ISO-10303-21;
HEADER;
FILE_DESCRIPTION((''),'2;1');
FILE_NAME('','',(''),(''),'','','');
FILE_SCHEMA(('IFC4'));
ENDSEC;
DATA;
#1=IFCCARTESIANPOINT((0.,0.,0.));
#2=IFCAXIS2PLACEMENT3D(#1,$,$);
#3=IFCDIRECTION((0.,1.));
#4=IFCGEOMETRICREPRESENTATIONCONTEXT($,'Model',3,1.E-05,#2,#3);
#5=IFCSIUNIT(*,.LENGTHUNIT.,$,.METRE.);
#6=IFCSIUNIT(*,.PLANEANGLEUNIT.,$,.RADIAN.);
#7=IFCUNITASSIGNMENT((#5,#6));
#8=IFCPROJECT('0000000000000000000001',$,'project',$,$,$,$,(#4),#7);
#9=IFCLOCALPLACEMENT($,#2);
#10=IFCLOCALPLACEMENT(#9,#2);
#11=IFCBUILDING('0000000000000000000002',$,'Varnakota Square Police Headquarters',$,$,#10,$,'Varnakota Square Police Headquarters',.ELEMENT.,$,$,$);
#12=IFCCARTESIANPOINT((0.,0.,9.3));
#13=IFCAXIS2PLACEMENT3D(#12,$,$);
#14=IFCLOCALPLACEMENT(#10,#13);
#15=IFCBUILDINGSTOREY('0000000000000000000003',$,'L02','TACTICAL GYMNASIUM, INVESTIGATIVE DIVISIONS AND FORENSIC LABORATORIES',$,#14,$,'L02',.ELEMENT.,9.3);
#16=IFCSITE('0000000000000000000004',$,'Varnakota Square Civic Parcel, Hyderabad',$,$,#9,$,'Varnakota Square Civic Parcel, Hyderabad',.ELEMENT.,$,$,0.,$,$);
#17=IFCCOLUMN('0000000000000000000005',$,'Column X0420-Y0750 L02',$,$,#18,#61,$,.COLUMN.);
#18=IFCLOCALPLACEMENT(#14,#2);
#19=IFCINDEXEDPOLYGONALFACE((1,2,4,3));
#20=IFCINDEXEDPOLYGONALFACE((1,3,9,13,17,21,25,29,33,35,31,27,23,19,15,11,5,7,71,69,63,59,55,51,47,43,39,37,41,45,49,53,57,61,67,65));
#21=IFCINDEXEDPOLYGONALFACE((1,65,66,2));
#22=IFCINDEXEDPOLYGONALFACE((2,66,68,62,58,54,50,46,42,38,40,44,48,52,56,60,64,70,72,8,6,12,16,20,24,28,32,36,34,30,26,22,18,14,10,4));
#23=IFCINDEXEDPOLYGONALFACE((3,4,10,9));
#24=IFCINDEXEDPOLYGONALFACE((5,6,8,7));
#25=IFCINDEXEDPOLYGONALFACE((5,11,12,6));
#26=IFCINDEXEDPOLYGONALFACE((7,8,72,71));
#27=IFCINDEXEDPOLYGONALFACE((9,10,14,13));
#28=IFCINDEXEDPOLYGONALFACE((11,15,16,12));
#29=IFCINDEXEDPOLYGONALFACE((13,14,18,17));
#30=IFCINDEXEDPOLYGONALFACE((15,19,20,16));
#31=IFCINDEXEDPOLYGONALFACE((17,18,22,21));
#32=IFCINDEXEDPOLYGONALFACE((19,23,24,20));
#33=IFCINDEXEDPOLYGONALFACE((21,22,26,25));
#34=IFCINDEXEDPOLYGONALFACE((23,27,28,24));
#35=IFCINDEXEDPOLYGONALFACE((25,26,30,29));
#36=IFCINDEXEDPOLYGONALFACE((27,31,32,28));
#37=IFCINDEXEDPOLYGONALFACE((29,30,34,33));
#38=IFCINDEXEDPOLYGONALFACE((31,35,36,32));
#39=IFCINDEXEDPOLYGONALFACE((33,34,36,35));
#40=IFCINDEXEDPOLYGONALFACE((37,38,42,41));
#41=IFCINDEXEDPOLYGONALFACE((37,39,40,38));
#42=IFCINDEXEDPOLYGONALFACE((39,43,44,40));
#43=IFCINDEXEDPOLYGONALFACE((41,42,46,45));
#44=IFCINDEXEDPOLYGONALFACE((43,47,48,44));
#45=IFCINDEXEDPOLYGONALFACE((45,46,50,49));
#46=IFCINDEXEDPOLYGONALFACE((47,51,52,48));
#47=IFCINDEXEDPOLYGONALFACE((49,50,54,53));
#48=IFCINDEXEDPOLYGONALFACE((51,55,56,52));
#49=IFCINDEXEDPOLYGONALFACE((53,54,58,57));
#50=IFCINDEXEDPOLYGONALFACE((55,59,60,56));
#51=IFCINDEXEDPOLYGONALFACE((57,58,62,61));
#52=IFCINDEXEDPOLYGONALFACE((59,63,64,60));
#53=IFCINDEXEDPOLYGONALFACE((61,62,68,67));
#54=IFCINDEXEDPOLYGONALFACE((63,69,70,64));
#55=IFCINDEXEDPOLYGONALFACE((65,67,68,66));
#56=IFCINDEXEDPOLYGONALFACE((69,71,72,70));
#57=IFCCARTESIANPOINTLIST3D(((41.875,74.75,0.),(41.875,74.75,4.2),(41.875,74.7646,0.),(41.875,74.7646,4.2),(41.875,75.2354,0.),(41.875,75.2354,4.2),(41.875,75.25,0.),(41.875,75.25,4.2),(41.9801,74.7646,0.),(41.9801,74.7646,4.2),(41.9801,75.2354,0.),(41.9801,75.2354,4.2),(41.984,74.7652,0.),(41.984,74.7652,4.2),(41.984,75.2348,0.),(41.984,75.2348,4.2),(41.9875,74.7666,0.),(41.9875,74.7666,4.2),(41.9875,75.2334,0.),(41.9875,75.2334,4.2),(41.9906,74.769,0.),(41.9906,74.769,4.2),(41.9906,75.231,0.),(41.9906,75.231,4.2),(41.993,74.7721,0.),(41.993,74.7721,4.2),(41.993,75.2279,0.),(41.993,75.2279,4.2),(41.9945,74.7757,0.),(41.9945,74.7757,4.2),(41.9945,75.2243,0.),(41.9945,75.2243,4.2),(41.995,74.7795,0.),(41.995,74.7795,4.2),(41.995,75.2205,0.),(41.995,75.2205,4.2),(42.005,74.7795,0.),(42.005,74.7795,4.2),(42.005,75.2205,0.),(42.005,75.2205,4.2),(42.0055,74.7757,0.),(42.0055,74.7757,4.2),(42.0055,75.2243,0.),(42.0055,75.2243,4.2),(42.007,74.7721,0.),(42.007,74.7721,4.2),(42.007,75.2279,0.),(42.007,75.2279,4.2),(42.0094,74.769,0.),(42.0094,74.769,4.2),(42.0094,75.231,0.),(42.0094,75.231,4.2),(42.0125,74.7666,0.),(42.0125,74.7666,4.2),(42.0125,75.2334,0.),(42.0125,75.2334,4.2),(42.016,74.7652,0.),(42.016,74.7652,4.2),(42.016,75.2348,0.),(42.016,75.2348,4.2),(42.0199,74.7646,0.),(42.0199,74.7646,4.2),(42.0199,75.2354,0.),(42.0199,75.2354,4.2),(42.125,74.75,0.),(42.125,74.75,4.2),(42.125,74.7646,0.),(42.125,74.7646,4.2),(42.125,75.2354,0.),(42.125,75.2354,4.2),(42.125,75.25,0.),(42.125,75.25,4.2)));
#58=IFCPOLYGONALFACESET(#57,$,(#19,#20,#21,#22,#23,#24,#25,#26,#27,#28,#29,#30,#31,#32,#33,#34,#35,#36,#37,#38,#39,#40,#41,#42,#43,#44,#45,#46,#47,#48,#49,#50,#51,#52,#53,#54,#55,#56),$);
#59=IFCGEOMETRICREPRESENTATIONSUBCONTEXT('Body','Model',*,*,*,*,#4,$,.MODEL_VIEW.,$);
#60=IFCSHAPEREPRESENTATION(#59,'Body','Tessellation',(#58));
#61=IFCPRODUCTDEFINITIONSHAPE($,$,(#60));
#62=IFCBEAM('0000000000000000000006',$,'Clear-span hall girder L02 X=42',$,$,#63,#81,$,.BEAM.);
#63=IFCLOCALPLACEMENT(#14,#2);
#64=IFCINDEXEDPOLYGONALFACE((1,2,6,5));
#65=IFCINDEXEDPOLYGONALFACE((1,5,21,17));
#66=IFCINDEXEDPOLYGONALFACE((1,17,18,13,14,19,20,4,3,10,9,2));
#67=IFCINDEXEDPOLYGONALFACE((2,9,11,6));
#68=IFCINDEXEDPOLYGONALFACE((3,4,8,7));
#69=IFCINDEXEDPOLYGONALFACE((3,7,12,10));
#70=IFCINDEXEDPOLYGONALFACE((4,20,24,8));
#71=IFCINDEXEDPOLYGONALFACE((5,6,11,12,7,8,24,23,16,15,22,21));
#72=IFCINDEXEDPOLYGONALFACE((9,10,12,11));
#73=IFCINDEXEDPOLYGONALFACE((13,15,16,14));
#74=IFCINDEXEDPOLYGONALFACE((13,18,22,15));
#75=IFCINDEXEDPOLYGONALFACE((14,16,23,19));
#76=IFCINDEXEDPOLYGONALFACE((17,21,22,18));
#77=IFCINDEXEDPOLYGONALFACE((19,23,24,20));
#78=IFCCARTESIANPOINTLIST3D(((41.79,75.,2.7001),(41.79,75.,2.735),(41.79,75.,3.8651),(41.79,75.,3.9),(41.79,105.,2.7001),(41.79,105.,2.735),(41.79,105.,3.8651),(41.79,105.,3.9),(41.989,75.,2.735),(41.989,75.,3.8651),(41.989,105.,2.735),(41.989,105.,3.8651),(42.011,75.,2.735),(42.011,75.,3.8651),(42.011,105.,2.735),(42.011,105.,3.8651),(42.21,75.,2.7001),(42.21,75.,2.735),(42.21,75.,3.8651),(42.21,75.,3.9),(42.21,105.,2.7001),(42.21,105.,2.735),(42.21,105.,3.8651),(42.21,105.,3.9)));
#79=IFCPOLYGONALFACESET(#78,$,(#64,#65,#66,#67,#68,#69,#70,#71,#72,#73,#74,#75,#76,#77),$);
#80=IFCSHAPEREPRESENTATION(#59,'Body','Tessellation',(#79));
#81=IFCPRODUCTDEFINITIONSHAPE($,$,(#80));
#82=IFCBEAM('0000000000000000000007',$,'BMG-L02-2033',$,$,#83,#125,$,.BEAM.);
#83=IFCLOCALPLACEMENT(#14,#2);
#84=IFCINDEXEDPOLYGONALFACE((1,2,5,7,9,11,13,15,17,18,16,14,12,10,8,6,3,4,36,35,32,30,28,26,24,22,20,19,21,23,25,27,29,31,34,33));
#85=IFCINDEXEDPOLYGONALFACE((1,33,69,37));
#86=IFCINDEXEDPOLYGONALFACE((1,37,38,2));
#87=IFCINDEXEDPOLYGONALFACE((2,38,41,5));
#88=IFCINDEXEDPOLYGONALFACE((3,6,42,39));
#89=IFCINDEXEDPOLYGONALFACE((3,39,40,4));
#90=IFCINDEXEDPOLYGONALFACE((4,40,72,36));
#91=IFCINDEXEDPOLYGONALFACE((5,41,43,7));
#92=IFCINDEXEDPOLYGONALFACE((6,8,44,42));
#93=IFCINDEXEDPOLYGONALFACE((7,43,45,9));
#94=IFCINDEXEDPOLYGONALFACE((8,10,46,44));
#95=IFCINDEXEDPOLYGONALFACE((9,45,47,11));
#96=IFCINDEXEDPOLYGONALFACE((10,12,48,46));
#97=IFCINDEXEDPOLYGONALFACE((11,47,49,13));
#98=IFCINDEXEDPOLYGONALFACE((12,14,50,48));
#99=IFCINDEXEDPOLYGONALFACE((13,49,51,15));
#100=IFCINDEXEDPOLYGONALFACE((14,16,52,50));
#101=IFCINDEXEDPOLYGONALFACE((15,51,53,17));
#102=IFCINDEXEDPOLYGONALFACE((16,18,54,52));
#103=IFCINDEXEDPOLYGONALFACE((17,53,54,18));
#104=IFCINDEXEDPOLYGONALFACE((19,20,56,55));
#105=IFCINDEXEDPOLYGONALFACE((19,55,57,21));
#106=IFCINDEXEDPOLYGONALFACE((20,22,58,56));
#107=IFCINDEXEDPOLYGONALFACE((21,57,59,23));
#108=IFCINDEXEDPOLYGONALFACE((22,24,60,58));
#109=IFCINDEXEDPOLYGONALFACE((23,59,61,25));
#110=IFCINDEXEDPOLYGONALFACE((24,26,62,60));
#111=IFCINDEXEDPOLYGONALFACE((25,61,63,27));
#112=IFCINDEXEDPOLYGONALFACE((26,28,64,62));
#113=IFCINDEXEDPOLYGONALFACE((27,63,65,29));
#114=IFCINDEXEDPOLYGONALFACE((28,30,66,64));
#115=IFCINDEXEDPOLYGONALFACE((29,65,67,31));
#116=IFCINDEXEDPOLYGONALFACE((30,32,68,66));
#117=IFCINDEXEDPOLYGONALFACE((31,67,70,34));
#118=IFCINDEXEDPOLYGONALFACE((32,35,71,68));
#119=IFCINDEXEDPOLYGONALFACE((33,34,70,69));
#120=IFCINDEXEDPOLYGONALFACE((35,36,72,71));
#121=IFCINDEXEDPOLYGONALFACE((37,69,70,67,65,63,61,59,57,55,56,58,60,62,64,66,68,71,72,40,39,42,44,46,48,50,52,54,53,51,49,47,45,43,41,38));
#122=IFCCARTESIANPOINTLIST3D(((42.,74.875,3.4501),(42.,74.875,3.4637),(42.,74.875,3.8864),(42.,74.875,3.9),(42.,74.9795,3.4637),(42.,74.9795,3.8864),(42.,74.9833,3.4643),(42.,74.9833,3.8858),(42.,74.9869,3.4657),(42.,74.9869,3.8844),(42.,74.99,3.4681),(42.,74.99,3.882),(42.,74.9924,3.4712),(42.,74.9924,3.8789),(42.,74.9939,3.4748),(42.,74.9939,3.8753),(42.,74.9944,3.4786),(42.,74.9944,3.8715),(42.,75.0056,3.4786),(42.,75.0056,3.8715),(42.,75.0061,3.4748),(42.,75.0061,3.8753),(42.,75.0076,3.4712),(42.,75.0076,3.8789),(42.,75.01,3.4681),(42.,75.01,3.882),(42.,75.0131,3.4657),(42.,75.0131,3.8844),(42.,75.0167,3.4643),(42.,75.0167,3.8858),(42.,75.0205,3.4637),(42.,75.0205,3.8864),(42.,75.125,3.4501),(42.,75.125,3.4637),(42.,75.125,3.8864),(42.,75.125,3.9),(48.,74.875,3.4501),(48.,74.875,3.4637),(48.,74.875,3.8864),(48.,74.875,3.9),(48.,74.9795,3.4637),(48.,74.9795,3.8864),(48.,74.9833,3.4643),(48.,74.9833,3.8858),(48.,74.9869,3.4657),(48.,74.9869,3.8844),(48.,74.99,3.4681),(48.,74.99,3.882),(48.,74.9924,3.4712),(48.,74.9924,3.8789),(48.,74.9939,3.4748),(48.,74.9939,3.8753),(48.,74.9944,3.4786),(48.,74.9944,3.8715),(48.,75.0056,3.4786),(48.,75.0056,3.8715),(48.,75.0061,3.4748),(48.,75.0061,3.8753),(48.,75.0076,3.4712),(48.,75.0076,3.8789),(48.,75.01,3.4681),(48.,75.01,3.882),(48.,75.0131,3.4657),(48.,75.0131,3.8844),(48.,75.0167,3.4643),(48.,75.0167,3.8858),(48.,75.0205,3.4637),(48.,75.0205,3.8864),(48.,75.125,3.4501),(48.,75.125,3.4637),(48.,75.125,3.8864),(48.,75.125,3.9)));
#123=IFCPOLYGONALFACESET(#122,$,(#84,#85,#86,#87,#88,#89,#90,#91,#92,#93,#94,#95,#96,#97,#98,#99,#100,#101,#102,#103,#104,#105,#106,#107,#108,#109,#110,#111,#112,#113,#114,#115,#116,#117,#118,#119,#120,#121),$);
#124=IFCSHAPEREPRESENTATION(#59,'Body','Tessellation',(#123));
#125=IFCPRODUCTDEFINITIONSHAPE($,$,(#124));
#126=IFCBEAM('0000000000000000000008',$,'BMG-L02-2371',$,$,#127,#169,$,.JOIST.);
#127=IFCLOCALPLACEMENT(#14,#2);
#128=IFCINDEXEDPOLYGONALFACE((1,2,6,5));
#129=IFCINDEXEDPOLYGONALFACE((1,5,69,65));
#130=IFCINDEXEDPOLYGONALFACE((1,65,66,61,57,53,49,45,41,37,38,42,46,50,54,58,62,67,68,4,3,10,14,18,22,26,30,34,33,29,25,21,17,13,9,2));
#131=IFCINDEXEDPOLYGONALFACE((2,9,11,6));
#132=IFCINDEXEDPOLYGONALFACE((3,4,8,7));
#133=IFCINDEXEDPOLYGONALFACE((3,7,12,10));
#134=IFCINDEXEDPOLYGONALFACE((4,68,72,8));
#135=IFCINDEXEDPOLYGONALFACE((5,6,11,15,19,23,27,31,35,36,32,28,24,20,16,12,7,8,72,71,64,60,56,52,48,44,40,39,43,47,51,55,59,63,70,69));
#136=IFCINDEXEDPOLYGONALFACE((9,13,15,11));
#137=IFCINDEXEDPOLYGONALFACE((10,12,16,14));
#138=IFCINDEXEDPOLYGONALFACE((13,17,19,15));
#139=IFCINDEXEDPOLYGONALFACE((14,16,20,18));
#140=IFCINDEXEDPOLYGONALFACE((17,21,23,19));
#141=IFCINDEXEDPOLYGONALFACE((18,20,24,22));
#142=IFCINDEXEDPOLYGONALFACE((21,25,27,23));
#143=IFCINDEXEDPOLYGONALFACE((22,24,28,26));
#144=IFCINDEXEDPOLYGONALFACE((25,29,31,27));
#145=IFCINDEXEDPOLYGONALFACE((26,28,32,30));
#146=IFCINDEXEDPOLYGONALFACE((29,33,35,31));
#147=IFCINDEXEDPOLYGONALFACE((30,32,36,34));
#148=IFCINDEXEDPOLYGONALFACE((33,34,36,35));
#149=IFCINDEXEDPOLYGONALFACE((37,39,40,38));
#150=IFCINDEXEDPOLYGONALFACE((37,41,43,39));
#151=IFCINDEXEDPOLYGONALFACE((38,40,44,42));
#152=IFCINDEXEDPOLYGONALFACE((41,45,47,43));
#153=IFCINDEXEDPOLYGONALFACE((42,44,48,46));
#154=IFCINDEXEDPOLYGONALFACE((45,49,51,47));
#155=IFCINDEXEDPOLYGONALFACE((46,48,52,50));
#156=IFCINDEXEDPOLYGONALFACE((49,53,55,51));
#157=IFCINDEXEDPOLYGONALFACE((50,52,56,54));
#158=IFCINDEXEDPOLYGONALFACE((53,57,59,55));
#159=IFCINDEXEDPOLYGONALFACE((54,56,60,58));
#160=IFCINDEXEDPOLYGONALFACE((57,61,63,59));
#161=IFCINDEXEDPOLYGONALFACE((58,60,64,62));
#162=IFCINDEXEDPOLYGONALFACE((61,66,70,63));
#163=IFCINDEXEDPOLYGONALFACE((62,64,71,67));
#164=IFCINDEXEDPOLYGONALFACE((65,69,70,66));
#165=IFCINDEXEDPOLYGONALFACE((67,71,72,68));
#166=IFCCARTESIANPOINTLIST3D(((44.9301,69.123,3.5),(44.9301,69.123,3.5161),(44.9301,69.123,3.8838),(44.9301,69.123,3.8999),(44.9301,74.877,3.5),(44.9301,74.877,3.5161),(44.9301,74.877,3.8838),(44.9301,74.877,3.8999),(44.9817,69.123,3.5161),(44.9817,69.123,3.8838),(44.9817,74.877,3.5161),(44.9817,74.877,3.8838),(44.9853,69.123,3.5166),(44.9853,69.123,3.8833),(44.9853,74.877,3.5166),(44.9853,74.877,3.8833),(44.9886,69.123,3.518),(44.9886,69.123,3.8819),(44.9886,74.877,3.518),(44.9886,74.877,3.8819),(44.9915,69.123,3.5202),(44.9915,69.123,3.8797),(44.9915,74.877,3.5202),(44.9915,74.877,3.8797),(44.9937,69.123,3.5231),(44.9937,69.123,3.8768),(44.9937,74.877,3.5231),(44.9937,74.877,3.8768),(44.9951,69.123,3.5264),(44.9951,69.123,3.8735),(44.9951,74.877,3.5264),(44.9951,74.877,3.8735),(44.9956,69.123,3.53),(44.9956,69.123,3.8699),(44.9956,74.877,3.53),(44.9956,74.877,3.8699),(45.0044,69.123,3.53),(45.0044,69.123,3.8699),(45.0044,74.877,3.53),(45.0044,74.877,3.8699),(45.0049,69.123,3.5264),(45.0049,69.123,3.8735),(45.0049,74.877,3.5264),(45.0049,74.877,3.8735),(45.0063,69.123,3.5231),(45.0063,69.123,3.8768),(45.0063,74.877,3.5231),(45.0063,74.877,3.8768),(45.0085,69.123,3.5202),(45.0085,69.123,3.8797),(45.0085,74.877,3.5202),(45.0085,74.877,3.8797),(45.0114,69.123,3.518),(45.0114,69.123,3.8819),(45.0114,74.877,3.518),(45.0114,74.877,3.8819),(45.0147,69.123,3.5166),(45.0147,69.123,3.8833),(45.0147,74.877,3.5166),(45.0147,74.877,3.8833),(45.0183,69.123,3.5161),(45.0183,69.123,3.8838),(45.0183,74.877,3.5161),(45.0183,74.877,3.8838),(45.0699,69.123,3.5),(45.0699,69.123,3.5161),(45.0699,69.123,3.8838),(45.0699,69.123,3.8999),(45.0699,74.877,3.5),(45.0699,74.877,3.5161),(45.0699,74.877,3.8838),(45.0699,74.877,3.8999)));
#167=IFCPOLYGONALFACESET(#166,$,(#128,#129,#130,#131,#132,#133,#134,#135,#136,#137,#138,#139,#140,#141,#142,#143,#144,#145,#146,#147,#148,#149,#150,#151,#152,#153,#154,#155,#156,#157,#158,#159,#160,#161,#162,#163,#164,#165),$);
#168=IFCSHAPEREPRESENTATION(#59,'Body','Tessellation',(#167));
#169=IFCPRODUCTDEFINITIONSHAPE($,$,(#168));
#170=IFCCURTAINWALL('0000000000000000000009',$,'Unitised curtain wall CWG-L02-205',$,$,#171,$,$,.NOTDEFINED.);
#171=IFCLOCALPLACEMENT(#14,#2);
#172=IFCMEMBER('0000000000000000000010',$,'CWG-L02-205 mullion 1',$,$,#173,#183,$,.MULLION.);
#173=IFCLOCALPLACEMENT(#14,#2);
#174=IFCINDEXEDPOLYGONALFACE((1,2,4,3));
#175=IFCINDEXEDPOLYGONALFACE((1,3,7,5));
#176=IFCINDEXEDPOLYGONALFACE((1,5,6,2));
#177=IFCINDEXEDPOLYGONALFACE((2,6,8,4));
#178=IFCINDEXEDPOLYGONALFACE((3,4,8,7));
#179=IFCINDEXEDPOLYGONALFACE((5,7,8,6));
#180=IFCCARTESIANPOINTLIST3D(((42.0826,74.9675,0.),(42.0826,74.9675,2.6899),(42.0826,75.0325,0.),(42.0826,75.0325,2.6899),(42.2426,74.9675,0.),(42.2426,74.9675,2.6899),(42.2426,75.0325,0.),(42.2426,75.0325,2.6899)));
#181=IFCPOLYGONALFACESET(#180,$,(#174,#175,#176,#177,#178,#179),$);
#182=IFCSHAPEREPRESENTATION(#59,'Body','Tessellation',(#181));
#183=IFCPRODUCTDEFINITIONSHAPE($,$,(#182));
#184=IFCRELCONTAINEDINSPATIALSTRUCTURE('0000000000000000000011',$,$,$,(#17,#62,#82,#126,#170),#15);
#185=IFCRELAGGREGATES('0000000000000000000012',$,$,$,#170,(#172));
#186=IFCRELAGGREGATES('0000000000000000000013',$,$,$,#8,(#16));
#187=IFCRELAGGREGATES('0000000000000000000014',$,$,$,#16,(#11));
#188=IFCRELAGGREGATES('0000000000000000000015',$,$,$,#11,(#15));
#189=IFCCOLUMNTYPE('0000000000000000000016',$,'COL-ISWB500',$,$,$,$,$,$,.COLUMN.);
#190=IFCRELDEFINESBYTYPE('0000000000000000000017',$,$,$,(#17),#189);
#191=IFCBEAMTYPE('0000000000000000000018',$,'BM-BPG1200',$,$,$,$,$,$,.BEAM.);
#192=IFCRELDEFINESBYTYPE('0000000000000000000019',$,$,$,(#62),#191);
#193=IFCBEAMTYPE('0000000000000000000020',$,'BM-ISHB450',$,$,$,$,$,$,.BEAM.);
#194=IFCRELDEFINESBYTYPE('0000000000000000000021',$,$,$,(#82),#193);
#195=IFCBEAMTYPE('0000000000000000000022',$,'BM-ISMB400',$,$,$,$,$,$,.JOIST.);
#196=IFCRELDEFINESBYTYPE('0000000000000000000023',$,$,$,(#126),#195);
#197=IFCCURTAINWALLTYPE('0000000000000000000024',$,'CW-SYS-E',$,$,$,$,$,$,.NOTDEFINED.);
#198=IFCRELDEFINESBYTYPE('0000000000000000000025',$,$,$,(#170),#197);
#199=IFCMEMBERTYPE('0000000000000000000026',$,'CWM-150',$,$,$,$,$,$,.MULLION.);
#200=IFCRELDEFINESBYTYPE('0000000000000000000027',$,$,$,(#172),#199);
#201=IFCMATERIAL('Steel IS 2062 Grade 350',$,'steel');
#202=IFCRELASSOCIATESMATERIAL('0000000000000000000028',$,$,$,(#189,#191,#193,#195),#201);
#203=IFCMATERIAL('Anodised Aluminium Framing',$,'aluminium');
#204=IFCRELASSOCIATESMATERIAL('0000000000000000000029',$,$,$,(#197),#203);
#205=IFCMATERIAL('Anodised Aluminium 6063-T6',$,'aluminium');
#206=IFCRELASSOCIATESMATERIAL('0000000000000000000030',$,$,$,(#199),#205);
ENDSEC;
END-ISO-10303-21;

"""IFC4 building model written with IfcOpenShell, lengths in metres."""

from ifc_helpers import new_model, si_unit, direction, frame, origin, origin_2d, place, context, subcontext, project, spatial, rectangle, i_section, extrude, material, material_profile, profile_set, type_object, element, aggregate, save


model = new_model("IFC4")

# Units and contexts
model_context = context("Model", 3, precision=1e-05, world=origin(), true_north=direction((0.0, 1.0)))
body_context = subcontext(model_context, "Body", "Model", "MODEL_VIEW")
ifc_project = project(units=[si_unit("LENGTHUNIT", "METRE"), si_unit("PLANEANGLEUNIT", "RADIAN")], contexts=[model_context])

# Site, building, storey
site_placement = place(None, origin())
site = spatial("IfcSite", under=ifc_project, at=site_placement, Name="Varnakota Square Civic Parcel, Hyderabad", LongName="Varnakota Square Civic Parcel, Hyderabad", CompositionType="ELEMENT", RefElevation=0.0)
building_placement = place(site_placement, origin())
building = spatial("IfcBuilding", under=site, at=building_placement, Name="Varnakota Square Police Headquarters", LongName="Varnakota Square Police Headquarters", CompositionType="ELEMENT")
storey_placement = place(building_placement, frame((0.0, 0.0, 9.3)))
storey = spatial("IfcBuildingStorey", under=building, at=storey_placement, Name="L02", Description="TACTICAL GYMNASIUM, INVESTIGATIVE DIVISIONS AND FORENSIC LABORATORIES", LongName="L02", CompositionType="ELEMENT", Elevation=9.3)

# Column
ifc_material_1 = material(Name="Steel IS 2062 Grade 350", Category="steel")
ifc_material_profile_1 = material_profile(ifc_material_1, i_section(OverallWidth=0.25, OverallDepth=0.5, WebThickness=0.01, FlangeThickness=0.0146, FilletRadius=0.0149, at=origin_2d()), Name="ISWB 500")
ifc_profile_set_1 = profile_set([ifc_material_profile_1], Name="Steel IS 2062 Grade 350")
column_type = type_object("IfcColumnType", Name="COL-ISWB500", PredefinedType="COLUMN", material=ifc_profile_set_1)
column_placement = place(storey_placement, frame((42.0, 75.0, 0.0), z_axis=(0.0, 0.0, 1.0), x_axis=(1.0, 0.0, 0.0)))
element("IfcColumn", 1, at=column_placement, inside=storey, type_object=column_type, Name="Column X0420-Y0750 L02", PredefinedType="COLUMN", context=body_context, shape_type="SweptSolid", body=[
    extrude(i_section(OverallWidth=0.25, OverallDepth=0.5, WebThickness=0.01, FlangeThickness=0.0146, FilletRadius=0.0149, at=origin_2d()), origin(), (0.0, 0.0, 1.0), 4.2),
])

# Beams
ifc_material_profile_2 = material_profile(ifc_material_1, i_section(OverallWidth=0.4199, OverallDepth=1.2, WebThickness=0.022, FlangeThickness=0.0349, at=origin_2d()), Name="BPG 1200x420")
ifc_profile_set_2 = profile_set([ifc_material_profile_2], Name="Steel IS 2062 Grade 350")
beam_type_1 = type_object("IfcBeamType", Name="BM-BPG1200", PredefinedType="BEAM", material=ifc_profile_set_2)
beam_1_placement = place(storey_placement, frame((42.0, 75.0, 3.3), z_axis=(0.0, 1.0, 0.0), x_axis=(-1.0, 0.0, 0.0)))
element("IfcBeam", 2, at=beam_1_placement, inside=storey, type_object=beam_type_1, Name="Clear-span hall girder L02 X=42", PredefinedType="BEAM", context=body_context, shape_type="SweptSolid", body=[
    extrude(i_section(OverallWidth=0.4199, OverallDepth=1.2, WebThickness=0.022, FlangeThickness=0.0349, at=origin_2d()), origin(), (0.0, 0.0, 1.0), 30.0),
])
ifc_material_profile_3 = material_profile(ifc_material_1, i_section(OverallWidth=0.25, OverallDepth=0.45, WebThickness=0.0112, FlangeThickness=0.0137, FilletRadius=0.0149, at=origin_2d()), Name="ISHB 450")
ifc_profile_set_3 = profile_set([ifc_material_profile_3], Name="Steel IS 2062 Grade 350")
beam_type_2 = type_object("IfcBeamType", Name="BM-ISHB450", PredefinedType="BEAM", material=ifc_profile_set_3)
beam_2_placement = place(storey_placement, frame((42.0, 75.0, 3.675), z_axis=(1.0, 0.0, 0.0), x_axis=(0.0, 1.0, 0.0)))
element("IfcBeam", 3, at=beam_2_placement, inside=storey, type_object=beam_type_2, Name="BMG-L02-2033", PredefinedType="BEAM", context=body_context, shape_type="SweptSolid", body=[
    extrude(i_section(OverallWidth=0.25, OverallDepth=0.45, WebThickness=0.0112, FlangeThickness=0.0137, FilletRadius=0.0149, at=origin_2d()), origin(), (0.0, 0.0, 1.0), 6.0),
])
ifc_material_profile_4 = material_profile(ifc_material_1, i_section(OverallWidth=0.1399, OverallDepth=0.3999, WebThickness=0.0088, FlangeThickness=0.0161, FilletRadius=0.0139, at=origin_2d()), Name="ISMB 400")
ifc_profile_set_4 = profile_set([ifc_material_profile_4], Name="Steel IS 2062 Grade 350")
beam_type_3 = type_object("IfcBeamType", Name="BM-ISMB400", PredefinedType="JOIST", material=ifc_profile_set_4)
beam_3_placement = place(storey_placement, frame((45.0, 69.123, 3.7), z_axis=(0.0, 1.0, 0.0), x_axis=(-1.0, 0.0, 0.0)))
element("IfcBeam", 4, at=beam_3_placement, inside=storey, type_object=beam_type_3, Name="BMG-L02-2371", PredefinedType="JOIST", context=body_context, shape_type="SweptSolid", body=[
    extrude(i_section(OverallWidth=0.1399, OverallDepth=0.3999, WebThickness=0.0088, FlangeThickness=0.0161, FilletRadius=0.0139, at=origin_2d()), origin(), (0.0, 0.0, 1.0), 5.7539),
])

# Curtain wall, member
ifc_material_2 = material(Name="Anodised Aluminium Framing", Category="aluminium")
curtain_wall_type = type_object("IfcCurtainWallType", Name="CW-SYS-E", PredefinedType="NOTDEFINED", material=ifc_material_2)
curtain_wall_1_placement = place(storey_placement, origin())
curtain_wall_1 = element("IfcCurtainWall", 5, at=curtain_wall_1_placement, inside=storey, type_object=curtain_wall_type, Name="Unitised curtain wall CWG-L02-205", PredefinedType="NOTDEFINED")
ifc_material_3 = material(Name="Anodised Aluminium 6063-T6", Category="aluminium")
ifc_material_profile_5 = material_profile(ifc_material_3, rectangle(XDim=0.0649, YDim=0.1599, at=origin_2d()), Name="ALU MULLION 65x160")
ifc_profile_set_5 = profile_set([ifc_material_profile_5], Name="Anodised Aluminium 6063-T6")
member_type_1 = type_object("IfcMemberType", Name="CWM-150", PredefinedType="MULLION", material=ifc_profile_set_5)
member_1_placement = place(storey_placement, frame((42.1626, 75.0, 0.0), z_axis=(0.0, 0.0, 1.0), x_axis=(0.0, 1.0, 0.0)))
member_1 = element("IfcMember", 6, at=member_1_placement, type_object=member_type_1, Name="CWG-L02-205 mullion 1", PredefinedType="MULLION", context=body_context, shape_type="SweptSolid", body=[
    extrude(rectangle(XDim=0.0649, YDim=0.1599, at=origin_2d()), origin(), (0.0, 0.0, 1.0), 2.6899),
])
aggregate(curtain_wall_1, [member_1])

save(model, "model.ifc")
